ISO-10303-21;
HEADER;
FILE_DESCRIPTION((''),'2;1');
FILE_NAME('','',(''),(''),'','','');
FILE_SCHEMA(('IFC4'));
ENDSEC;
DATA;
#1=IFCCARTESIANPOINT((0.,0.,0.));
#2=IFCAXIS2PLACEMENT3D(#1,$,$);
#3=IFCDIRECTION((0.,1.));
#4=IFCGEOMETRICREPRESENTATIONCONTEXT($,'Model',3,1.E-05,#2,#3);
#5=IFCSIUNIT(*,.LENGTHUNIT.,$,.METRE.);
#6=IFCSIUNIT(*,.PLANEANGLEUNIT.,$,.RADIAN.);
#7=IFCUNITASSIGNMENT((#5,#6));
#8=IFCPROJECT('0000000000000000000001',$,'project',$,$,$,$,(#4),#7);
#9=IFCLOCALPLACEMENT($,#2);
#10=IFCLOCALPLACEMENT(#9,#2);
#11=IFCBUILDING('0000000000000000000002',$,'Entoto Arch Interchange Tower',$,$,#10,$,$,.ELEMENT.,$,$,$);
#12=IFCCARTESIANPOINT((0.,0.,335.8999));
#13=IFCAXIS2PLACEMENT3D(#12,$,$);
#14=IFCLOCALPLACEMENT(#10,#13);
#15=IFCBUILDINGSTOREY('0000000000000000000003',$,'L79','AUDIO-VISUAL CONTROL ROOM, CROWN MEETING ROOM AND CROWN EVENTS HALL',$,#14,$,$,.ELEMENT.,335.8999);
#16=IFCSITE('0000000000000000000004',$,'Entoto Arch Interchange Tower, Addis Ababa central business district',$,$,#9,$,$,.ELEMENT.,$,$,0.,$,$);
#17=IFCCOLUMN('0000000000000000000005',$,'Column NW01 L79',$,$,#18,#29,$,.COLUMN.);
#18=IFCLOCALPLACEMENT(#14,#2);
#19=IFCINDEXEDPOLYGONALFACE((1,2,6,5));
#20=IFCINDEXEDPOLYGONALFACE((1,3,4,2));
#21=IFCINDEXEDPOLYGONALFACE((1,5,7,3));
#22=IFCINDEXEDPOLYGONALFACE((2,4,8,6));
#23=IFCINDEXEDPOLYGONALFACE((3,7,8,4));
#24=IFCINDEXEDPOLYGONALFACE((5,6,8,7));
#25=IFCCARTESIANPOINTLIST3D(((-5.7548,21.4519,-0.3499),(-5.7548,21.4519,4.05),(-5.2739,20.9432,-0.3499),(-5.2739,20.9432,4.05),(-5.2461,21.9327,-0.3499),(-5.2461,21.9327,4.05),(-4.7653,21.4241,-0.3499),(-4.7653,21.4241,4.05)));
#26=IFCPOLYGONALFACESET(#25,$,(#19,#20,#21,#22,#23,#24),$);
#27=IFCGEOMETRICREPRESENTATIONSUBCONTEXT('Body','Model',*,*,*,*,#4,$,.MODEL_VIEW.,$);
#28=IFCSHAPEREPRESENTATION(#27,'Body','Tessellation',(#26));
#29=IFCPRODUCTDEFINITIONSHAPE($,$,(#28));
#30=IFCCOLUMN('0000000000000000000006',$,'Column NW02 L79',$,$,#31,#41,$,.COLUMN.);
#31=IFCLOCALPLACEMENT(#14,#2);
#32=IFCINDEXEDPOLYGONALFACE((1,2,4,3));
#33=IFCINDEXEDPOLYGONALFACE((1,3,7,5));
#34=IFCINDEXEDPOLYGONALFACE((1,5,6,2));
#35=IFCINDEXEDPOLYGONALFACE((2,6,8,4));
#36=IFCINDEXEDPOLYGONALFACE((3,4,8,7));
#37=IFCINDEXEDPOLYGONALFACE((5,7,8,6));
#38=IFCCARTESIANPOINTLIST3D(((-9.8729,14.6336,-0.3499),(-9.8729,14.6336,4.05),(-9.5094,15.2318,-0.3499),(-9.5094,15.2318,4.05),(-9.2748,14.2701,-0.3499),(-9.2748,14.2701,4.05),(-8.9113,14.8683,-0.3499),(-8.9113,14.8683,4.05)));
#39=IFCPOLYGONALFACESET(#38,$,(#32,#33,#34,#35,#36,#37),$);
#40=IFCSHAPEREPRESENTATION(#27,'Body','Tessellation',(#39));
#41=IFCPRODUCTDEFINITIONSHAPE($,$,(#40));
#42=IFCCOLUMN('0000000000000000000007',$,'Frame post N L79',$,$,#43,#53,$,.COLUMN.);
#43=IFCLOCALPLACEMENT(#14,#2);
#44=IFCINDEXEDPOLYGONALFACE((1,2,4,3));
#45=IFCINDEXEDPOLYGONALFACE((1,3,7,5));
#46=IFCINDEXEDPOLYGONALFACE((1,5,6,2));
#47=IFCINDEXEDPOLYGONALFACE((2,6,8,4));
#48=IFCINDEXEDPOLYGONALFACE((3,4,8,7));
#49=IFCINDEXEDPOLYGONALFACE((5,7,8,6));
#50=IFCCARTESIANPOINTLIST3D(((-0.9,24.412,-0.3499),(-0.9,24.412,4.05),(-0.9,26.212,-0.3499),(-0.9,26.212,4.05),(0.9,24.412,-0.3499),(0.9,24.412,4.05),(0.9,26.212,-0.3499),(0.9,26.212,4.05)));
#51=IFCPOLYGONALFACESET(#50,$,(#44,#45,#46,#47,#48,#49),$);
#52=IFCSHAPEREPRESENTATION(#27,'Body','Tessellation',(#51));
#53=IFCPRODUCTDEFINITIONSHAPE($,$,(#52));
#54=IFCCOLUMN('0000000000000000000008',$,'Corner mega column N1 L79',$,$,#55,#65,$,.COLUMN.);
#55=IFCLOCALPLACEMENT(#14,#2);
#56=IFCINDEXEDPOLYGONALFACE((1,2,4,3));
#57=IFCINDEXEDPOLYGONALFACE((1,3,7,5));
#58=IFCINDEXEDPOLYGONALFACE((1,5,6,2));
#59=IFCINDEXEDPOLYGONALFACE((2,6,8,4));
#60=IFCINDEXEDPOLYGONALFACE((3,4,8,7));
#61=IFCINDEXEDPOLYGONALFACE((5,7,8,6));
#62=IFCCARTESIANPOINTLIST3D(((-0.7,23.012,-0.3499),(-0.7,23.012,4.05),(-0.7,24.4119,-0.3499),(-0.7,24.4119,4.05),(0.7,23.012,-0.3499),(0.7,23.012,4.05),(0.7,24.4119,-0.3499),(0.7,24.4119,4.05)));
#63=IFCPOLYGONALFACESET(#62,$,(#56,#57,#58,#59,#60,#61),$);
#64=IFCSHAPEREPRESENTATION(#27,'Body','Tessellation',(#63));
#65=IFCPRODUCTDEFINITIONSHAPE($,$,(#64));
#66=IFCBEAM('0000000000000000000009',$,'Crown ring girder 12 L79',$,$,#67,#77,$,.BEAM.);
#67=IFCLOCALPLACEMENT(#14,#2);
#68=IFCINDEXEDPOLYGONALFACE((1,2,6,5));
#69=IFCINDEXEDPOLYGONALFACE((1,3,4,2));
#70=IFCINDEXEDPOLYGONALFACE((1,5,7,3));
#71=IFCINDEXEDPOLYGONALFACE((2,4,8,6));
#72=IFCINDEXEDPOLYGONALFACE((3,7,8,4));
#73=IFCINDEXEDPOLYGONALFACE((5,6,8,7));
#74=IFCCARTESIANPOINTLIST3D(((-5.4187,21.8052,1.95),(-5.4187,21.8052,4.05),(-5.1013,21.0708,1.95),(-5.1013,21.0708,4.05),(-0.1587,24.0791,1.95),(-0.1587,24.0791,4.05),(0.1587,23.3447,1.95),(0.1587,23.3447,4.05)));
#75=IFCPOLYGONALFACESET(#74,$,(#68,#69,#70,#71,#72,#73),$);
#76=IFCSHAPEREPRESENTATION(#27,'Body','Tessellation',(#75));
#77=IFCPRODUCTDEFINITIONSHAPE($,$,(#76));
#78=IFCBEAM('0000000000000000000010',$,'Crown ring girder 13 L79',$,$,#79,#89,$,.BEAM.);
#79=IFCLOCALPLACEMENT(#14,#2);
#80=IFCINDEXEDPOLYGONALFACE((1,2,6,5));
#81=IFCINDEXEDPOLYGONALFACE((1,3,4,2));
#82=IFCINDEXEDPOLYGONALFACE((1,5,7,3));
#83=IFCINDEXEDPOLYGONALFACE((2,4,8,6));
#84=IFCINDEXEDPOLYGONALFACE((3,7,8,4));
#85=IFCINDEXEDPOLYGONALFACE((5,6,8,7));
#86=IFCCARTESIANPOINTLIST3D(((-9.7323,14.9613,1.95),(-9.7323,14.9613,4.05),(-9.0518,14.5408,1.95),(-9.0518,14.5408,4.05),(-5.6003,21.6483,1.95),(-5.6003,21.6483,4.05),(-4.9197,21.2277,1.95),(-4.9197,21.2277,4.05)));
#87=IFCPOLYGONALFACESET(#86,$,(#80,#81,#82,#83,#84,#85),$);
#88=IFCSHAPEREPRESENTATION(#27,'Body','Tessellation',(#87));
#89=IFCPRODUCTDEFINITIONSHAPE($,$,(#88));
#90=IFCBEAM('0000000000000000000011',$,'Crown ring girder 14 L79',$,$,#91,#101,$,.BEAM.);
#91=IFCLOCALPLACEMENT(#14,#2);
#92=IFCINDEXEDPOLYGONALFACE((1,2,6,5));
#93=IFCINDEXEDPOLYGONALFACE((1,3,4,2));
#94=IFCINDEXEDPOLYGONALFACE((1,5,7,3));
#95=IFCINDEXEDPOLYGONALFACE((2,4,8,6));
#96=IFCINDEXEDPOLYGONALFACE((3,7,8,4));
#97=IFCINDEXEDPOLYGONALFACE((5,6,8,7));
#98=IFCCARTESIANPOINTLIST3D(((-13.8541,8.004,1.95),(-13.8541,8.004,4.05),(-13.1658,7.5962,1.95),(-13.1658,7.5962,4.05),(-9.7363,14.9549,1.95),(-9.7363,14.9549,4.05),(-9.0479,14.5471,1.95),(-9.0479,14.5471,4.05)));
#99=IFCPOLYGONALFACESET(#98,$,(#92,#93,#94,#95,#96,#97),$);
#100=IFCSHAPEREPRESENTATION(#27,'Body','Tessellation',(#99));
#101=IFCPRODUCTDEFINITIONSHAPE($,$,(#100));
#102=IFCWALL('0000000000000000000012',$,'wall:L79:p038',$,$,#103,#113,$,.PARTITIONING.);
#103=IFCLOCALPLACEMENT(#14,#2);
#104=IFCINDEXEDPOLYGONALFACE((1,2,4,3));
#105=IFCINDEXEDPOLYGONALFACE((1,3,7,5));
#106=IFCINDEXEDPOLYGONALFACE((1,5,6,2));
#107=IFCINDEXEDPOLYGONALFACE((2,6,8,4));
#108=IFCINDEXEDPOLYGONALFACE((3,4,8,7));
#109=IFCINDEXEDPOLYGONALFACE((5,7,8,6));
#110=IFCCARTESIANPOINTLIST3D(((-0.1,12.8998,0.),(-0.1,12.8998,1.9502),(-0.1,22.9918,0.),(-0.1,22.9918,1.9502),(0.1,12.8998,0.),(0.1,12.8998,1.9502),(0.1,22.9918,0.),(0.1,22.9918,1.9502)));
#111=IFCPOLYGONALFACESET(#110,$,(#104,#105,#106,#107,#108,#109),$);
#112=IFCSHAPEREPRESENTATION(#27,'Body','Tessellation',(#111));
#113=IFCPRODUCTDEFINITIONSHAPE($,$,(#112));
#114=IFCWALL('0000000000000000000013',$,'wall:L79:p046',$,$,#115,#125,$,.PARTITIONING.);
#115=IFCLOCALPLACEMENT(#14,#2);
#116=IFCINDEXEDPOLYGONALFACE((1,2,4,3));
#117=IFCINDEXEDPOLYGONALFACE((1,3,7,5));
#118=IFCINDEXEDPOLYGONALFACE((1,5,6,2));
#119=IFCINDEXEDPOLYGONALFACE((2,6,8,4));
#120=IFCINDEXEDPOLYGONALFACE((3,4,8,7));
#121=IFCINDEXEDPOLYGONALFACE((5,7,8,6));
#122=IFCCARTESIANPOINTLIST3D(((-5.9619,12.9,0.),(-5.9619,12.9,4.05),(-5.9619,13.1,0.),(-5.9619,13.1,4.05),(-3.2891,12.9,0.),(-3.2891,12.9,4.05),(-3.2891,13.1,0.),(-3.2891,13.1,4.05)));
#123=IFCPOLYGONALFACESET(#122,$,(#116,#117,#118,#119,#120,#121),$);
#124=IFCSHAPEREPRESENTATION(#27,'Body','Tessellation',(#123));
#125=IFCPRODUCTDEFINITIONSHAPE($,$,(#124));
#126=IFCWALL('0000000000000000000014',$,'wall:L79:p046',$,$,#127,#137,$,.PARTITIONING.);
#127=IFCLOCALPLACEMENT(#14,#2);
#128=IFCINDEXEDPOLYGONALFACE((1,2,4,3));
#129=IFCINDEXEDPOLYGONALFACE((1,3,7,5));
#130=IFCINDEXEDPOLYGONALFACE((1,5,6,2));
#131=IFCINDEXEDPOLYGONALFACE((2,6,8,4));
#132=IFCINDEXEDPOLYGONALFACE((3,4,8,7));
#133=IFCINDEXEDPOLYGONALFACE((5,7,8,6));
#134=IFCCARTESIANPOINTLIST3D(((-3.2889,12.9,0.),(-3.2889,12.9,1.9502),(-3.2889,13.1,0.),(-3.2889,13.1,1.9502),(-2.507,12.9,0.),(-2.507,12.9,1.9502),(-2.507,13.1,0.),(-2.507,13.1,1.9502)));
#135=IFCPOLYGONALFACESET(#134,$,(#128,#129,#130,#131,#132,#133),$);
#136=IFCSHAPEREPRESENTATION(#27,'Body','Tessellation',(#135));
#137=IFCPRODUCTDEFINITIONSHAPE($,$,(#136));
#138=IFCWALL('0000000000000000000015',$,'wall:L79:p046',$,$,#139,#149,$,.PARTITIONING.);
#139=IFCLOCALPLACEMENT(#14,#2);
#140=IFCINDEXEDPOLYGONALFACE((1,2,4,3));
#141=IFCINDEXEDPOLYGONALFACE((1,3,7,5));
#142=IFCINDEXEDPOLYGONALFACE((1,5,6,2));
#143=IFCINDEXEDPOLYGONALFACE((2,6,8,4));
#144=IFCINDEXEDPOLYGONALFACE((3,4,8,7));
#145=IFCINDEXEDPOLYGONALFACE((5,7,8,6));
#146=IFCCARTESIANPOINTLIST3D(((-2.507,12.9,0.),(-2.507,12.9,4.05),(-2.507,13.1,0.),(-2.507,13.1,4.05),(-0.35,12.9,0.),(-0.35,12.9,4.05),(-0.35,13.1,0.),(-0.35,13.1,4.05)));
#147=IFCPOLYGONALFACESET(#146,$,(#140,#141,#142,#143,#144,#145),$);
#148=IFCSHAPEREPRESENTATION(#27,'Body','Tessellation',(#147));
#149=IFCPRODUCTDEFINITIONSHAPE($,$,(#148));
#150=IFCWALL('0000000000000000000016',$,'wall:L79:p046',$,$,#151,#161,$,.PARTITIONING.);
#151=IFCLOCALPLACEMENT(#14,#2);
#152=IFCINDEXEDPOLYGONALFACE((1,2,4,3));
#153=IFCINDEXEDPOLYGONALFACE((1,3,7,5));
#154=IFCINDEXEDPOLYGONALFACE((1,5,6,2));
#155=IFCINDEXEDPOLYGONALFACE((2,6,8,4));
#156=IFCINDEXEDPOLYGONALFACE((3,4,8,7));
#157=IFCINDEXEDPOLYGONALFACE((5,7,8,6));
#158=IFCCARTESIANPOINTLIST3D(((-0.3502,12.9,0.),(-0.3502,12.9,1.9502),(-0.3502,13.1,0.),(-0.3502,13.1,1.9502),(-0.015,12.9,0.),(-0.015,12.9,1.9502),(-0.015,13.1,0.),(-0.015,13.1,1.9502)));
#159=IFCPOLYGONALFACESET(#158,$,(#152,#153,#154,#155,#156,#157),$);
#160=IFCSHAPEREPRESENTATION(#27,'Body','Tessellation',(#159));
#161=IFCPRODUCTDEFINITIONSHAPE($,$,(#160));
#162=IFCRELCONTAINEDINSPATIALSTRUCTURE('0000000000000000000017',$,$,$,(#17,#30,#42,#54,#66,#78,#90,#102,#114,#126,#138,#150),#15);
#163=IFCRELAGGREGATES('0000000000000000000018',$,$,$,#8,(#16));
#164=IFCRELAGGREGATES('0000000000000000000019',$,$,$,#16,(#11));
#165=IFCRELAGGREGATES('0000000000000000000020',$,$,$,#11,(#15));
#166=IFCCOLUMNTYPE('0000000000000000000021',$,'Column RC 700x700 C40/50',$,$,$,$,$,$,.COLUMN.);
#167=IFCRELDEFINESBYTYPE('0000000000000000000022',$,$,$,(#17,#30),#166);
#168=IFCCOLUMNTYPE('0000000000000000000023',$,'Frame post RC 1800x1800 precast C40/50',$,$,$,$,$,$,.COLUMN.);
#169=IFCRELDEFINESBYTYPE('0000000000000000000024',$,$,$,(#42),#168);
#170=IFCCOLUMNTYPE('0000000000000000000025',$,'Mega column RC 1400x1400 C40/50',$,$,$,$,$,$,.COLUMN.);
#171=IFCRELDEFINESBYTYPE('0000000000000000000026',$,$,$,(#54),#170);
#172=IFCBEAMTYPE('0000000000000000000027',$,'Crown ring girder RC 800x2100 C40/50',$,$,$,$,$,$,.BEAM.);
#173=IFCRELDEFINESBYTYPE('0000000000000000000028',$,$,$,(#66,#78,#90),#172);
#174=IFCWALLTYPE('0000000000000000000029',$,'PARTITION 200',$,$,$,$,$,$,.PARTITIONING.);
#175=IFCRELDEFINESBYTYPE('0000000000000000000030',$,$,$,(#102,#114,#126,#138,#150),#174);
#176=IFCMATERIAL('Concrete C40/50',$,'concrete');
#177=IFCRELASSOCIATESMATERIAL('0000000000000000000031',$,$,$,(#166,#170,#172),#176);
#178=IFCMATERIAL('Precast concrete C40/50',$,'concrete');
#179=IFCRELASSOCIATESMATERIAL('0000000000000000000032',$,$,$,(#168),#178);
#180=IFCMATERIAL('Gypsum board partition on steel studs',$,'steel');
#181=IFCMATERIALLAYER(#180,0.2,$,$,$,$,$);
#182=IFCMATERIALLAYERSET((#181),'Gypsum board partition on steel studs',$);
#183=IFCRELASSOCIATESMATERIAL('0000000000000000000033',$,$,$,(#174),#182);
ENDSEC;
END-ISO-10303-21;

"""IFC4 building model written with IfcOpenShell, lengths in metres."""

from ifc_helpers import new_model, si_unit, direction, frame, frame_2d, origin, origin_2d, place, context, subcontext, project, spatial, rectangle, extrude, material, layer, layer_set, material_profile, profile_set, type_object, element, save


model = new_model("IFC4")

# Units and contexts
model_context = context("Model", 3, precision=1e-05, world=origin(), true_north=direction((0.0, 1.0)))
body_context = subcontext(model_context, "Body", "Model", "MODEL_VIEW")
ifc_project = project(units=[si_unit("LENGTHUNIT", "METRE"), si_unit("PLANEANGLEUNIT", "RADIAN")], contexts=[model_context])

# Site, building, storey
site_placement = place(None, origin())
site = spatial("IfcSite", under=ifc_project, at=site_placement, Name="Entoto Arch Interchange Tower, Addis Ababa central business district", CompositionType="ELEMENT", RefElevation=0.0)
building_placement = place(site_placement, origin())
building = spatial("IfcBuilding", under=site, at=building_placement, Name="Entoto Arch Interchange Tower", CompositionType="ELEMENT")
storey_placement = place(building_placement, frame((0.0, 0.0, 335.8999)))
storey = spatial("IfcBuildingStorey", under=building, at=storey_placement, Name="L79", Description="AUDIO-VISUAL CONTROL ROOM, CROWN MEETING ROOM AND CROWN EVENTS HALL", CompositionType="ELEMENT", Elevation=335.8999)

# Columns
ifc_material_1 = material(Name="Concrete C40/50", Category="concrete")
ifc_material_profile_1 = material_profile(ifc_material_1, rectangle(XDim=0.7, YDim=0.7, at=origin_2d()))
ifc_profile_set_1 = profile_set([ifc_material_profile_1], Name="Concrete C40/50")
column_type_1 = type_object("IfcColumnType", Name="Column RC 700x700 C40/50", PredefinedType="COLUMN", material=ifc_profile_set_1)
for number, where, z_axis, x_axis, name in (
    (1, (-5.26, 21.438, -0.3499), (0.0, 0.0, 1.0), (0.726659, 0.686999, 0.0), "Column NW01 L79"),
    (2, (-9.3921, 14.751, -0.3499), (0.0, 0.0, 1.0), (0.51931, 0.854586, 0.0), "Column NW02 L79"),
):
    element("IfcColumn", number, at=place(storey_placement, frame(where, z_axis=z_axis, x_axis=x_axis)), inside=storey, type_object=column_type_1, Name=name, PredefinedType="COLUMN", context=body_context, shape_type="SweptSolid", body=[
        extrude(rectangle(XDim=0.7, YDim=0.7, at=origin_2d()), origin(), (0.0, 0.0, 1.0), 4.3999),
    ])
ifc_material_2 = material(Name="Precast concrete C40/50", Category="concrete")
ifc_material_profile_2 = material_profile(ifc_material_2, rectangle(XDim=1.8, YDim=1.8, at=origin_2d()))
ifc_profile_set_2 = profile_set([ifc_material_profile_2], Name="Precast concrete C40/50")
column_type_2 = type_object("IfcColumnType", Name="Frame post RC 1800x1800 precast C40/50", PredefinedType="COLUMN", material=ifc_profile_set_2)
column_1_placement = place(storey_placement, frame((0.0, 25.312, -0.3499), z_axis=(0.0, 0.0, 1.0), x_axis=(0.0, 1.0, 0.0)))
element("IfcColumn", 3, at=column_1_placement, inside=storey, type_object=column_type_2, Name="Frame post N L79", PredefinedType="COLUMN", context=body_context, shape_type="SweptSolid", body=[
    extrude(rectangle(XDim=1.8, YDim=1.8, at=origin_2d()), origin(), (0.0, 0.0, 1.0), 4.3999),
])
ifc_material_profile_3 = material_profile(ifc_material_1, rectangle(XDim=1.3999, YDim=1.3999, at=origin_2d()))
ifc_profile_set_3 = profile_set([ifc_material_profile_3], Name="Concrete C40/50")
column_type_3 = type_object("IfcColumnType", Name="Mega column RC 1400x1400 C40/50", PredefinedType="COLUMN", material=ifc_profile_set_3)
column_2_placement = place(storey_placement, frame((0.0, 23.7119, -0.3499), z_axis=(0.0, 0.0, 1.0), x_axis=(0.0, 1.0, 0.0)))
element("IfcColumn", 4, at=column_2_placement, inside=storey, type_object=column_type_3, Name="Corner mega column N1 L79", PredefinedType="COLUMN", context=body_context, shape_type="SweptSolid", body=[
    extrude(rectangle(XDim=1.3999, YDim=1.3999, at=origin_2d()), origin(), (0.0, 0.0, 1.0), 4.3999),
])

# Beams
ifc_material_profile_4 = material_profile(ifc_material_1, rectangle(XDim=0.8, YDim=2.1001, at=origin_2d()))
ifc_profile_set_4 = profile_set([ifc_material_profile_4], Name="Concrete C40/50")
beam_type = type_object("IfcBeamType", Name="Crown ring girder RC 800x2100 C40/50", PredefinedType="BEAM", material=ifc_profile_set_4)
beam_1_placement = place(storey_placement, frame((0.0, 23.7119, 3.0), z_axis=(-0.9179, -0.396812, 0.0), x_axis=(0.396812, -0.9179, 0.0)))
element("IfcBeam", 5, at=beam_1_placement, inside=storey, type_object=beam_type, Name="Crown ring girder 12 L79", PredefinedType="BEAM", context=body_context, shape_type="SweptSolid", body=[
    extrude(rectangle(XDim=0.8, YDim=2.1001, at=origin_2d()), origin(), (0.0, 0.0, 1.0), 5.7305),
])
beam_2_placement = place(storey_placement, frame((-5.26, 21.438, 3.0), z_axis=(-0.525665, -0.850692, 0.0), x_axis=(0.850692, -0.525665, 0.0)))
element("IfcBeam", 6, at=beam_2_placement, inside=storey, type_object=beam_type, Name="Crown ring girder 13 L79", PredefinedType="BEAM", context=body_context, shape_type="SweptSolid", body=[
    extrude(rectangle(XDim=0.8, YDim=2.1001, at=origin_2d()), origin(), (0.0, 0.0, 1.0), 7.8606),
])
beam_3_placement = place(storey_placement, frame((-9.3921, 14.751, 3.0), z_axis=(-0.509697, -0.860354, 0.0), x_axis=(0.860354, -0.509697, 0.0)))
element("IfcBeam", 7, at=beam_3_placement, inside=storey, type_object=beam_type, Name="Crown ring girder 14 L79", PredefinedType="BEAM", context=body_context, shape_type="SweptSolid", body=[
    extrude(rectangle(XDim=0.8, YDim=2.1001, at=origin_2d()), origin(), (0.0, 0.0, 1.0), 8.0791),
])

# Walls
ifc_material_3 = material(Name="Gypsum board partition on steel studs", Category="steel")
ifc_layer_1 = layer(ifc_material_3, 0.2)
ifc_layer_set_1 = layer_set([ifc_layer_1], Name="Gypsum board partition on steel studs")
wall_type_1 = type_object("IfcWallType", Name="PARTITION 200", PredefinedType="PARTITIONING", material=ifc_layer_set_1)
wall_1_placement = place(storey_placement, frame((0.0, 12.8999, 0.0), z_axis=(0.0, 0.0, 1.0), x_axis=(0.0, 1.0, 0.0)))
element("IfcWall", 8, at=wall_1_placement, inside=storey, type_object=wall_type_1, Name="wall:L79:p038", PredefinedType="PARTITIONING", context=body_context, shape_type="SweptSolid", body=[
    extrude(rectangle(XDim=10.092, YDim=0.2, at=frame_2d((5.0459, 0.0))), origin(), (0.0, 0.0, 1.0), 1.9502),
])
wall_2_placement = place(storey_placement, frame((-5.9619, 13.0, 0.0), z_axis=(0.0, 0.0, 1.0), x_axis=(1.0, 0.0, 0.0)))
element("IfcWall", 9, at=wall_2_placement, inside=storey, type_object=wall_type_1, Name="wall:L79:p046", PredefinedType="PARTITIONING", context=body_context, shape_type="SweptSolid", body=[
    extrude(rectangle(XDim=2.6729, YDim=0.2, at=frame_2d((1.3364, 0.0))), origin(), (0.0, 0.0, 1.0), 4.05),
])
wall_3_placement = place(storey_placement, frame((-3.2891, 13.0, 0.0), z_axis=(0.0, 0.0, 1.0), x_axis=(1.0, 0.0, 0.0)))
element("IfcWall", 10, at=wall_3_placement, inside=storey, type_object=wall_type_1, Name="wall:L79:p046", PredefinedType="PARTITIONING", context=body_context, shape_type="SweptSolid", body=[
    extrude(rectangle(XDim=0.782, YDim=0.2, at=frame_2d((0.3911, 0.0))), origin(), (0.0, 0.0, 1.0), 1.9502),
])
wall_4_placement = place(storey_placement, frame((-2.5071, 13.0, 0.0), z_axis=(0.0, 0.0, 1.0), x_axis=(1.0, 0.0, 0.0)))
element("IfcWall", 11, at=wall_4_placement, inside=storey, type_object=wall_type_1, Name="wall:L79:p046", PredefinedType="PARTITIONING", context=body_context, shape_type="SweptSolid", body=[
    extrude(rectangle(XDim=2.157, YDim=0.2, at=frame_2d((1.0786, 0.0))), origin(), (0.0, 0.0, 1.0), 4.05),
])
wall_5_placement = place(storey_placement, frame((-0.3501, 13.0, 0.0), z_axis=(0.0, 0.0, 1.0), x_axis=(1.0, 0.0, 0.0)))
element("IfcWall", 12, at=wall_5_placement, inside=storey, type_object=wall_type_1, Name="wall:L79:p046", PredefinedType="PARTITIONING", context=body_context, shape_type="SweptSolid", body=[
    extrude(rectangle(XDim=0.3352, YDim=0.2, at=frame_2d((0.1675, 0.0))), origin(), (0.0, 0.0, 1.0), 1.9502),
])

save(model, "model.ifc")
